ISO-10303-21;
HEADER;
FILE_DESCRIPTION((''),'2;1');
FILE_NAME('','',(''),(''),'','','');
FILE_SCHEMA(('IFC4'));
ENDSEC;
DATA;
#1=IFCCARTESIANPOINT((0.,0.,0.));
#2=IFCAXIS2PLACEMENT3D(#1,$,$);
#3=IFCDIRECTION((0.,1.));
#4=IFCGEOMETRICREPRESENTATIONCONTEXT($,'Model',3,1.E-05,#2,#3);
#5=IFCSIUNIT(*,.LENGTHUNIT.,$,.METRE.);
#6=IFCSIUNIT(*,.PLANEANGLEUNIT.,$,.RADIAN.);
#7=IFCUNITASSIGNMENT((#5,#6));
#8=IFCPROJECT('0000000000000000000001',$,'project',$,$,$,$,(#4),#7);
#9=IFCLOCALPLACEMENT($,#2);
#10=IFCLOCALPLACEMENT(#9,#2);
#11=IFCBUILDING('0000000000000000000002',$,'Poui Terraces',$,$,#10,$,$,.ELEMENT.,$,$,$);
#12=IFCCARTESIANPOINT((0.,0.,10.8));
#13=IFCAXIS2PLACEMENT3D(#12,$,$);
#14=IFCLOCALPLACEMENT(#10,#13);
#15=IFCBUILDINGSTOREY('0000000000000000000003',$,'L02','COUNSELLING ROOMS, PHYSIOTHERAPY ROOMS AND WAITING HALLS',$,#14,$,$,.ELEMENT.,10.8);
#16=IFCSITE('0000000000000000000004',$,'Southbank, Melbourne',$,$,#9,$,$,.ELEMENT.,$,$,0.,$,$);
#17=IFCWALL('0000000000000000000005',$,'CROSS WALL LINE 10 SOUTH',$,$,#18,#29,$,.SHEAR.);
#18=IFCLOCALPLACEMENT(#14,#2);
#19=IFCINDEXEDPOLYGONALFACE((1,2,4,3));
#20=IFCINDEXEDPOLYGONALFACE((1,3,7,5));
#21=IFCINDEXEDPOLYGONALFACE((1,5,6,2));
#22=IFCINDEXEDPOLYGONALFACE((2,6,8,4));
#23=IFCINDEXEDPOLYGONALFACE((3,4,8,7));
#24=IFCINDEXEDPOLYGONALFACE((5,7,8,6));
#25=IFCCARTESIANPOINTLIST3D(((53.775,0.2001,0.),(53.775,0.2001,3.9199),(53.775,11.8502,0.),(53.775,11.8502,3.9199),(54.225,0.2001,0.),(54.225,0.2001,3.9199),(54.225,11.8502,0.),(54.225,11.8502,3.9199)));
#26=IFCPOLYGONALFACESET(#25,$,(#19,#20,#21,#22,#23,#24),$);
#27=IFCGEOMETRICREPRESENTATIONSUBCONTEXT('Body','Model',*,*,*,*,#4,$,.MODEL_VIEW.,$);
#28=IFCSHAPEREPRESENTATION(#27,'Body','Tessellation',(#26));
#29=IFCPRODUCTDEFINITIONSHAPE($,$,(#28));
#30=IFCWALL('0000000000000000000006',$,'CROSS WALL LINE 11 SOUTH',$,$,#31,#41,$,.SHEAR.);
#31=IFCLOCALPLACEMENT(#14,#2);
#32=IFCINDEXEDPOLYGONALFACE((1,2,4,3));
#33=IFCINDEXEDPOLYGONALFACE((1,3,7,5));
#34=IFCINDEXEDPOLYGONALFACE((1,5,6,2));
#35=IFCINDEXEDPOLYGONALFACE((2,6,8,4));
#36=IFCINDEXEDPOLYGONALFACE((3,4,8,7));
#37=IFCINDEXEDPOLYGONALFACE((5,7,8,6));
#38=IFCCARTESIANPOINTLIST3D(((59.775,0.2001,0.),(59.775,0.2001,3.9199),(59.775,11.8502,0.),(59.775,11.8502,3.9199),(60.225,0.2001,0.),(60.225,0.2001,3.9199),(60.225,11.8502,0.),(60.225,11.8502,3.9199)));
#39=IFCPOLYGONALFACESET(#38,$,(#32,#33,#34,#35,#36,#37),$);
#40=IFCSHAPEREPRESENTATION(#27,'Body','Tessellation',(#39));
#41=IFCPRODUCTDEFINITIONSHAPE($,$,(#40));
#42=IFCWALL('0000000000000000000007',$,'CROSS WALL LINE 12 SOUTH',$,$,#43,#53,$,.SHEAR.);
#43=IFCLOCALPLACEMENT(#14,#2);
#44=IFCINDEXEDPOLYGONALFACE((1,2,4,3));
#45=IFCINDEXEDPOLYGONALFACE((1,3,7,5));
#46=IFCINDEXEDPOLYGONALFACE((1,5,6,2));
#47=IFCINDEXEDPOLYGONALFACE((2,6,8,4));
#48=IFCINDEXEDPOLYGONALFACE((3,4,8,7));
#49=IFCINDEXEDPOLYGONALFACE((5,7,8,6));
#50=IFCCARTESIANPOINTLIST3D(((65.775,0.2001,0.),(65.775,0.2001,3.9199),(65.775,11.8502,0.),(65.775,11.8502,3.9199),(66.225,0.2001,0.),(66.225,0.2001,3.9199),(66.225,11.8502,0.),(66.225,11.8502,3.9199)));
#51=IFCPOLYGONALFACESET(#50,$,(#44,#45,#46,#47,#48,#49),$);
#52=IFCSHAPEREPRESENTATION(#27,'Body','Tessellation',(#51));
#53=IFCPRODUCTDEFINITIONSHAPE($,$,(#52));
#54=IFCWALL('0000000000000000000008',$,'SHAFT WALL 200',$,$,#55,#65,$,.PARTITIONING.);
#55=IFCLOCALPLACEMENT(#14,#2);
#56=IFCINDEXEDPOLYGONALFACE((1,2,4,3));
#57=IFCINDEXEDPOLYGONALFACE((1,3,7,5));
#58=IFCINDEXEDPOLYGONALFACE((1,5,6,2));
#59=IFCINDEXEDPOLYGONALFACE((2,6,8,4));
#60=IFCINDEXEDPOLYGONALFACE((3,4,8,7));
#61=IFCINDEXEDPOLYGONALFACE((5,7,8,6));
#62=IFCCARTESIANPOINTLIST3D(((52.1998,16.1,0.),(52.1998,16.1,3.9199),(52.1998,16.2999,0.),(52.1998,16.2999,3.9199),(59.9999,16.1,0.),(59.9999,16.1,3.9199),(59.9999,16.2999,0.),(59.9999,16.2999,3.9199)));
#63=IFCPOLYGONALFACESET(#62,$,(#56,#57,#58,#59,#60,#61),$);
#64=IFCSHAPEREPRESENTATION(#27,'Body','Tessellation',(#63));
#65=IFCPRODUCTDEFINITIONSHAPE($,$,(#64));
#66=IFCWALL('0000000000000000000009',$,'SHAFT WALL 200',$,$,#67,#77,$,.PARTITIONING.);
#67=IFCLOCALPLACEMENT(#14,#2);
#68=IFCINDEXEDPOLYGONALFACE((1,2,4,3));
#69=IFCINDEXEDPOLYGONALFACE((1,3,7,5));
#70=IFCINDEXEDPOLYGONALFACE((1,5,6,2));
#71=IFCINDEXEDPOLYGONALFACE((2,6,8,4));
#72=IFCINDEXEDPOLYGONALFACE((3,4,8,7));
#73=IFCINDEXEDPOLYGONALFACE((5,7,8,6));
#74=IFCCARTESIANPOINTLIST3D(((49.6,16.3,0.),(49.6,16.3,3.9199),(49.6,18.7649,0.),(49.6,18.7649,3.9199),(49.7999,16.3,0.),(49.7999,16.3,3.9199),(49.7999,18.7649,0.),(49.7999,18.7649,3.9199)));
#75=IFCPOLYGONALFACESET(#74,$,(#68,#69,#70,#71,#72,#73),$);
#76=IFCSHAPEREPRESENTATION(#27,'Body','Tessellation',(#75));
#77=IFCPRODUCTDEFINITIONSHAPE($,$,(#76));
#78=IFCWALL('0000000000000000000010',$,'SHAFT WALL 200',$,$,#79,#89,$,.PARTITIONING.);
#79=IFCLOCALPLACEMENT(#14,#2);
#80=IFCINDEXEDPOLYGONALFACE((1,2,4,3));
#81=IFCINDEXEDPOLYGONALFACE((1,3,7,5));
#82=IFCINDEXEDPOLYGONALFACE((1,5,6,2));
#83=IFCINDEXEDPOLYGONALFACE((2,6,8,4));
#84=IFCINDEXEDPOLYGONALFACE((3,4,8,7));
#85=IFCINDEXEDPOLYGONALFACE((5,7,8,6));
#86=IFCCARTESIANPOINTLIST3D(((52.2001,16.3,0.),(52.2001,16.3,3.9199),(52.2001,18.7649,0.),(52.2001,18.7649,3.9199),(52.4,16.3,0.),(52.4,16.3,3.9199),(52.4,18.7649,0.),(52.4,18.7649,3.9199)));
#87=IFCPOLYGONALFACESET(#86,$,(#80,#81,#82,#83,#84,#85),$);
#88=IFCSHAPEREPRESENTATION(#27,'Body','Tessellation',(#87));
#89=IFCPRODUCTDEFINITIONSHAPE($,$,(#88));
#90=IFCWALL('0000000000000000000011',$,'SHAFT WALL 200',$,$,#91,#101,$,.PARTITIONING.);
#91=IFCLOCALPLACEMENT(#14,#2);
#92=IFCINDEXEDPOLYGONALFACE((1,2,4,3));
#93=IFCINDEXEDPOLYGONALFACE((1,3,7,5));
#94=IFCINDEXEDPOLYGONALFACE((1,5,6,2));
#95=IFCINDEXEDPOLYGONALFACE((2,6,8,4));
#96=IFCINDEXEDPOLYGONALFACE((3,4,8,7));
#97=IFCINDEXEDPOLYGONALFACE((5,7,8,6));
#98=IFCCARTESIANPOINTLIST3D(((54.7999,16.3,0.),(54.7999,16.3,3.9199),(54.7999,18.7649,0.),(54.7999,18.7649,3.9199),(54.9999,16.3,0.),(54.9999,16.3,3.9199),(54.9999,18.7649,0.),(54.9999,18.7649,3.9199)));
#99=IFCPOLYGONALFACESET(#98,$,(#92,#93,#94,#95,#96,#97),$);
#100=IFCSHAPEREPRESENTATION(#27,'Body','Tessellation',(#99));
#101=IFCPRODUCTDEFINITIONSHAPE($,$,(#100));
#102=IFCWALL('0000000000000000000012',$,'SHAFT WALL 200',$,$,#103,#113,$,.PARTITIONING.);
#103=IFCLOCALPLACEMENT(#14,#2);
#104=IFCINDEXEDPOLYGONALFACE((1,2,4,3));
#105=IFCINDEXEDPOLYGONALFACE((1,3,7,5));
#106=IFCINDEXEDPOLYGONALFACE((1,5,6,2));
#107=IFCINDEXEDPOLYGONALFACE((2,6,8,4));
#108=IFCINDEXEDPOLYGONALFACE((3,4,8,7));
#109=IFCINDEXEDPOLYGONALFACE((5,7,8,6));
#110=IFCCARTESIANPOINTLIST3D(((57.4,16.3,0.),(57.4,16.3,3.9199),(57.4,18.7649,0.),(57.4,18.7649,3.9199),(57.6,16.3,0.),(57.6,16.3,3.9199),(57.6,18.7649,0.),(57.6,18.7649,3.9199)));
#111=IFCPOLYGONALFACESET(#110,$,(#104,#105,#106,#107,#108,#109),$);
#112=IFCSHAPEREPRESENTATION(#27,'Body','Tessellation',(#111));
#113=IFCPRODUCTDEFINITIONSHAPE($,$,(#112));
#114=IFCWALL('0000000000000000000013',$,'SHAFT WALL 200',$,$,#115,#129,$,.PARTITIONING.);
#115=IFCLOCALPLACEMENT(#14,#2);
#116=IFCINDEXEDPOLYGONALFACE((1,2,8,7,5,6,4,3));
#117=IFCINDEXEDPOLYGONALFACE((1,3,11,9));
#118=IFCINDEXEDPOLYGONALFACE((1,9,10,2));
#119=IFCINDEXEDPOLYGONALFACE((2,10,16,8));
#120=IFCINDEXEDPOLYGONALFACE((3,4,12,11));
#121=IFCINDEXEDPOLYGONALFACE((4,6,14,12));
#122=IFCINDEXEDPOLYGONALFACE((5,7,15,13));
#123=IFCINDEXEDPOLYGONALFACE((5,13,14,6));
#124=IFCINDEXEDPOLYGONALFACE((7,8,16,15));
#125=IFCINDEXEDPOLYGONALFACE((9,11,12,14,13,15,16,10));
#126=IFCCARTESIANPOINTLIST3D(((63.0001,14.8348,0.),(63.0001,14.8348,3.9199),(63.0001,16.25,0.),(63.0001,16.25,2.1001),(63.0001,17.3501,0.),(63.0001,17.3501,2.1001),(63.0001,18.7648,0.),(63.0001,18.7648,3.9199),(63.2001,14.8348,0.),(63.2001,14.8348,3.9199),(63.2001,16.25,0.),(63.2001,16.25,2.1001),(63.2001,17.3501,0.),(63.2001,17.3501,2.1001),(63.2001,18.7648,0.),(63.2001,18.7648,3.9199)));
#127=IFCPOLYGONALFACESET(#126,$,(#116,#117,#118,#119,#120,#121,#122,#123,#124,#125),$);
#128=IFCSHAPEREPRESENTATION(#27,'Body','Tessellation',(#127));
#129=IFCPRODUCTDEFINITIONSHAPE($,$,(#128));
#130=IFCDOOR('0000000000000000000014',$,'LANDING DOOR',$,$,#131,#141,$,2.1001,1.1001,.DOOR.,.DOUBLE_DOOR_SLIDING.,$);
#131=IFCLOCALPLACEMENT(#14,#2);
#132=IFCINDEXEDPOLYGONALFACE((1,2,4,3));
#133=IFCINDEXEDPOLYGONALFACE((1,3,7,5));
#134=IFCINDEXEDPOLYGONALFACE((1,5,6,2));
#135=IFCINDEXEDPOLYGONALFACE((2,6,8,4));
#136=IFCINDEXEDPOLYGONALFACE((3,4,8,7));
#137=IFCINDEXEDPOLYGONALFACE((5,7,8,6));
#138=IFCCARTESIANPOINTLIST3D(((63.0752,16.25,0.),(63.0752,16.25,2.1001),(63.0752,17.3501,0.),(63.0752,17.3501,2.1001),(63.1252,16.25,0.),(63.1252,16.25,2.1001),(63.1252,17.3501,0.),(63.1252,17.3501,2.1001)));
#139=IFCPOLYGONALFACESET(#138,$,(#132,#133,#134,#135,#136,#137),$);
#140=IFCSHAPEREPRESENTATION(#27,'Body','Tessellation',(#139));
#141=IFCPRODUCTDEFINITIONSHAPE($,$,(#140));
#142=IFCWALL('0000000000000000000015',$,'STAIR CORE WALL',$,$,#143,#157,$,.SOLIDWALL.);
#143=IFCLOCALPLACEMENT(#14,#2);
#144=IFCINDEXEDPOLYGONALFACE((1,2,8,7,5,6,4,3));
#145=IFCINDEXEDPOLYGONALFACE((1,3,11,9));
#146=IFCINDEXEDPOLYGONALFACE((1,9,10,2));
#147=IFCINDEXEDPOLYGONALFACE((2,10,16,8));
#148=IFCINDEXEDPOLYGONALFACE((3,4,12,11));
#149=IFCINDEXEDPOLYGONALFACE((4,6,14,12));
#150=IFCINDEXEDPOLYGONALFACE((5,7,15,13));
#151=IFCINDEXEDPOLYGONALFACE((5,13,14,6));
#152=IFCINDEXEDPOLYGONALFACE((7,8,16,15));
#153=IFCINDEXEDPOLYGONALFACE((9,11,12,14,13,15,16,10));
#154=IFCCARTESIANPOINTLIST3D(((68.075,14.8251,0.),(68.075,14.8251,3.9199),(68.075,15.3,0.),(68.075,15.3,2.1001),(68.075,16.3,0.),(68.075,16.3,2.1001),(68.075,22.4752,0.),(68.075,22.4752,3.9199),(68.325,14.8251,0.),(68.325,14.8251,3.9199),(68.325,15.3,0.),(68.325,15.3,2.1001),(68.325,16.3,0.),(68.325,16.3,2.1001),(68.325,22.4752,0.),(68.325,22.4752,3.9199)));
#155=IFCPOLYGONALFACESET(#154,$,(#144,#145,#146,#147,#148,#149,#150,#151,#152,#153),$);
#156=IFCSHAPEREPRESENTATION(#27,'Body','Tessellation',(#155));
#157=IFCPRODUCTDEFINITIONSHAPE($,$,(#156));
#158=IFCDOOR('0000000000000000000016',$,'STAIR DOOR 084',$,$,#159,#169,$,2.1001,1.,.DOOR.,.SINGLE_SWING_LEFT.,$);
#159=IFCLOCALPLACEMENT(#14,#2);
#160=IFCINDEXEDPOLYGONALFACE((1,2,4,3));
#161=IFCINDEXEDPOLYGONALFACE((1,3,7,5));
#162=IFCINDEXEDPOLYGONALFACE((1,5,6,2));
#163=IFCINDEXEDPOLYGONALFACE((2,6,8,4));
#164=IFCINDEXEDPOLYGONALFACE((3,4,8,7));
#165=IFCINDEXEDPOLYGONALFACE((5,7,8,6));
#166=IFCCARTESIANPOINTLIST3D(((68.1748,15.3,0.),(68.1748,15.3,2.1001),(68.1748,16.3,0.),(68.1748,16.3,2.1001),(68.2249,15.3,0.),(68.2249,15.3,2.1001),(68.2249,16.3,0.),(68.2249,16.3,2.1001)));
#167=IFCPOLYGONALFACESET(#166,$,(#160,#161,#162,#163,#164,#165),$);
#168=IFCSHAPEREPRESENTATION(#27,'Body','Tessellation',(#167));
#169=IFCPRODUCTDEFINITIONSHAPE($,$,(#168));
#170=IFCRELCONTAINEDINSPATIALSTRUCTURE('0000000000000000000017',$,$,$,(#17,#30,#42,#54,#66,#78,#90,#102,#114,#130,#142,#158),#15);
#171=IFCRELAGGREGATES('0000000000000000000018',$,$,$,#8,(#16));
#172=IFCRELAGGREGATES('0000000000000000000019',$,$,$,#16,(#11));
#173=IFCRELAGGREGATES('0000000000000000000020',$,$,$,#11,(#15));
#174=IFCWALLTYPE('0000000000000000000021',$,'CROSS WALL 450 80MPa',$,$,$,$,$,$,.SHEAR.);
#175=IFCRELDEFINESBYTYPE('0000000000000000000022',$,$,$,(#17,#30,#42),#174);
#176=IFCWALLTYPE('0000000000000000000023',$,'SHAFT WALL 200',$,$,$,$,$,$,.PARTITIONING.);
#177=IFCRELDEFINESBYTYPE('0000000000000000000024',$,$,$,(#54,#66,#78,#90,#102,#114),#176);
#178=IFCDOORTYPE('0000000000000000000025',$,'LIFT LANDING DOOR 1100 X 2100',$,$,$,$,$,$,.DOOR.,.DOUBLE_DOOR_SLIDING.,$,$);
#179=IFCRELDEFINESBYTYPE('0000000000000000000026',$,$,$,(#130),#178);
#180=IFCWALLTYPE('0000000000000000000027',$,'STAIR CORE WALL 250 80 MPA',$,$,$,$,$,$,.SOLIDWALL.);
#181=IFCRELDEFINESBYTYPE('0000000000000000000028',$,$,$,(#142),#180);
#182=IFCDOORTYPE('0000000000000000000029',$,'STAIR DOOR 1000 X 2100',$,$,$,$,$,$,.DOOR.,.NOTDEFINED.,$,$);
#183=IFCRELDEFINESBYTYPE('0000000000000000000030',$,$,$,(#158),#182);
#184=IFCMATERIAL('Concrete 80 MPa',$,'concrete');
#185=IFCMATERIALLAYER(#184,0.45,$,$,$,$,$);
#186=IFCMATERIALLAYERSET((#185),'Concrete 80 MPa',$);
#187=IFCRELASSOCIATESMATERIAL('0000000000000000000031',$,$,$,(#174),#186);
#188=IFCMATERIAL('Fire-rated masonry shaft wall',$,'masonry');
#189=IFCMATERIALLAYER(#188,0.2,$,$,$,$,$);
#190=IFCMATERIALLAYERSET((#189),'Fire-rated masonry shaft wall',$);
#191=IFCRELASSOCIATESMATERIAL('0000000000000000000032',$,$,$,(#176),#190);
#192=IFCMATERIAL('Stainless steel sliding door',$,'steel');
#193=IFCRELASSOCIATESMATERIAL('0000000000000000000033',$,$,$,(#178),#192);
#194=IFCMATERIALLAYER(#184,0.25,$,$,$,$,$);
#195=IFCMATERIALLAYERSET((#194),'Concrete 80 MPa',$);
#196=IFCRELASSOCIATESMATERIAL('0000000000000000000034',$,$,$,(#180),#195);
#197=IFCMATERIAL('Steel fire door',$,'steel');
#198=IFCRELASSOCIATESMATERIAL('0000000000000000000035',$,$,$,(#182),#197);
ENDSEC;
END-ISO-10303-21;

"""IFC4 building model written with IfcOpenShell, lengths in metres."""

from ifc_helpers import new_model, si_unit, direction, frame, frame_2d, origin, place, context, subcontext, project, spatial, rectangle, extrude, material, layer, layer_set, type_object, element, fill, save


model = new_model("IFC4")

# Units and contexts
model_context = context("Model", 3, precision=1e-05, world=origin(), true_north=direction((0.0, 1.0)))
body_context = subcontext(model_context, "Body", "Model", "MODEL_VIEW")
ifc_project = project(units=[si_unit("LENGTHUNIT", "METRE"), si_unit("PLANEANGLEUNIT", "RADIAN")], contexts=[model_context])

# Site, building, storey
site_placement = place(None, origin())
site = spatial("IfcSite", under=ifc_project, at=site_placement, Name="Southbank, Melbourne", CompositionType="ELEMENT", RefElevation=0.0)
building_placement = place(site_placement, origin())
building = spatial("IfcBuilding", under=site, at=building_placement, Name="Poui Terraces", CompositionType="ELEMENT")
storey_placement = place(building_placement, frame((0.0, 0.0, 10.8)))
storey = spatial("IfcBuildingStorey", under=building, at=storey_placement, Name="L02", Description="COUNSELLING ROOMS, PHYSIOTHERAPY ROOMS AND WAITING HALLS", CompositionType="ELEMENT", Elevation=10.8)

# Shared definitions
ifc_material_1 = material(Name="Concrete 80 MPa", Category="concrete")

# Shared definitions
ifc_material_2 = material(Name="Steel fire door", Category="steel")

# Walls
ifc_layer_1 = layer(ifc_material_1, 0.45)
ifc_layer_set_1 = layer_set([ifc_layer_1], Name="Concrete 80 MPa")
wall_type_1 = type_object("IfcWallType", Name="CROSS WALL 450 80MPa", PredefinedType="SHEAR", material=ifc_layer_set_1)
for number, where, z_axis, x_axis, name in (
    (1, (54.0, 0.2, 0.0), (0.0, 0.0, 1.0), (0.0, 1.0, 0.0), "CROSS WALL LINE 10 SOUTH"),
    (2, (60.0, 0.2, 0.0), (0.0, 0.0, 1.0), (0.0, 1.0, 0.0), "CROSS WALL LINE 11 SOUTH"),
    (3, (66.0, 0.2, 0.0), (0.0, 0.0, 1.0), (0.0, 1.0, 0.0), "CROSS WALL LINE 12 SOUTH"),
):
    element("IfcWall", number, at=place(storey_placement, frame(where, z_axis=z_axis, x_axis=x_axis)), inside=storey, type_object=wall_type_1, Name=name, PredefinedType="SHEAR", context=body_context, shape_type="SweptSolid", body=[
        extrude(rectangle(XDim=11.6501, YDim=0.45, at=frame_2d((5.8252, 0.0))), origin(), (0.0, 0.0, 1.0), 3.9199),
    ])
ifc_material_3 = material(Name="Fire-rated masonry shaft wall", Category="masonry")
ifc_layer_2 = layer(ifc_material_3, 0.2)
ifc_layer_set_2 = layer_set([ifc_layer_2], Name="Fire-rated masonry shaft wall")
wall_type_2 = type_object("IfcWallType", Name="SHAFT WALL 200", PredefinedType="PARTITIONING", material=ifc_layer_set_2)
wall_1_placement = place(storey_placement, frame((52.2, 16.2, 0.0), z_axis=(0.0, 0.0, 1.0), x_axis=(1.0, 0.0, 0.0)))
element("IfcWall", 4, at=wall_1_placement, inside=storey, type_object=wall_type_2, Name="SHAFT WALL 200", PredefinedType="PARTITIONING", context=body_context, shape_type="SweptSolid", body=[
    extrude(rectangle(XDim=7.8, YDim=0.2, at=frame_2d((3.8999, 0.0))), origin(), (0.0, 0.0, 1.0), 3.9199),
])
for number, where, z_axis, x_axis, name in (
    (5, (49.7, 16.3, 0.0), (0.0, 0.0, 1.0), (0.0, 1.0, 0.0), "SHAFT WALL 200"),
    (6, (52.3, 16.3, 0.0), (0.0, 0.0, 1.0), (0.0, 1.0, 0.0), "SHAFT WALL 200"),
    (7, (54.8999, 16.3, 0.0), (0.0, 0.0, 1.0), (0.0, 1.0, 0.0), "SHAFT WALL 200"),
    (8, (57.5, 16.3, 0.0), (0.0, 0.0, 1.0), (0.0, 1.0, 0.0), "SHAFT WALL 200"),
):
    element("IfcWall", number, at=place(storey_placement, frame(where, z_axis=z_axis, x_axis=x_axis)), inside=storey, type_object=wall_type_2, Name=name, PredefinedType="PARTITIONING", context=body_context, shape_type="SweptSolid", body=[
        extrude(rectangle(XDim=2.4648, YDim=0.2, at=frame_2d((1.2324, 0.0))), origin(), (0.0, 0.0, 1.0), 3.9199),
    ])

# Walls, openings, doors
wall_2_placement = place(storey_placement, frame((63.1001, 14.835, 0.0), z_axis=(0.0, 0.0, 1.0), x_axis=(0.0, 1.0, 0.0)))
wall_2 = element("IfcWall", 9, at=wall_2_placement, inside=storey, type_object=wall_type_2, Name="SHAFT WALL 200", PredefinedType="PARTITIONING", context=body_context, shape_type="SweptSolid", body=[
    extrude(rectangle(XDim=3.9299, YDim=0.2, at=frame_2d((1.9648, 0.0))), origin(), (0.0, 0.0, 1.0), 3.9199),
])
opening_1_placement = place(wall_2_placement, frame((1.415, 0.0, 0.0)))
opening_1 = element("IfcOpeningElement", 10, at=opening_1_placement, cuts=wall_2, PredefinedType="OPENING", context=body_context, shape_type="SweptSolid", body=[
    extrude(rectangle(XDim=1.1001, YDim=2.1001, at=frame_2d((0.55, 1.05))), frame((0.0, 0.1099, 0.0), z_axis=(0.0, -1.0, 0.0), x_axis=(1.0, 0.0, 0.0)), (0.0, 0.0, 1.0), 0.22),
])
ifc_material_4 = material(Name="Stainless steel sliding door", Category="steel")
door_type_1 = type_object("IfcDoorType", Name="LIFT LANDING DOOR 1100 X 2100", OperationType="DOUBLE_DOOR_SLIDING", PredefinedType="DOOR", material=ifc_material_4)
door_1_placement = place(opening_1_placement, origin())
door_1 = element("IfcDoor", 11, at=door_1_placement, inside=storey, type_object=door_type_1, Name="LANDING DOOR", OperationType="DOUBLE_DOOR_SLIDING", OverallHeight=2.1001, OverallWidth=1.1001, PredefinedType="DOOR", context=body_context, shape_type="SweptSolid", body=[
    extrude(rectangle(XDim=1.1001, YDim=2.1001, at=frame_2d((0.55, 1.05))), frame((0.0, 0.0249, 0.0), z_axis=(0.0, -1.0, 0.0), x_axis=(1.0, 0.0, 0.0)), (0.0, 0.0, 1.0), 0.05),
])
fill(opening_1, door_1)
ifc_layer_3 = layer(ifc_material_1, 0.25)
ifc_layer_set_3 = layer_set([ifc_layer_3], Name="Concrete 80 MPa")
wall_type_3 = type_object("IfcWallType", Name="STAIR CORE WALL 250 80 MPA", PredefinedType="SOLIDWALL", material=ifc_layer_set_3)
wall_3_placement = place(storey_placement, frame((68.2, 14.825, 0.0), z_axis=(0.0, 0.0, 1.0), x_axis=(0.0, 1.0, 0.0)))
wall_3 = element("IfcWall", 12, at=wall_3_placement, inside=storey, type_object=wall_type_3, Name="STAIR CORE WALL", PredefinedType="SOLIDWALL", context=body_context, shape_type="SweptSolid", body=[
    extrude(rectangle(XDim=7.6501, YDim=0.25, at=frame_2d((3.8252, 0.0))), origin(), (0.0, 0.0, 1.0), 3.9199),
])
opening_2_placement = place(wall_3_placement, frame((0.4751, 0.0, 0.0)))
opening_2 = element("IfcOpeningElement", 13, at=opening_2_placement, cuts=wall_3, PredefinedType="OPENING", context=body_context, shape_type="SweptSolid", body=[
    extrude(rectangle(XDim=1.0, YDim=2.1001, at=frame_2d((0.5, 1.05))), frame((0.0, 0.135, 0.0), z_axis=(0.0, -1.0, 0.0), x_axis=(1.0, 0.0, 0.0)), (0.0, 0.0, 1.0), 0.27),
])
door_type_2 = type_object("IfcDoorType", Name="STAIR DOOR 1000 X 2100", OperationType="NOTDEFINED", PredefinedType="DOOR", material=ifc_material_2)
door_2_placement = place(opening_2_placement, frame((1.0, 0.0, 0.0), z_axis=(0.0, 0.0, 1.0), x_axis=(-1.0, 0.0, 0.0)))
door_2 = element("IfcDoor", 14, at=door_2_placement, inside=storey, type_object=door_type_2, Name="STAIR DOOR 084", OperationType="SINGLE_SWING_LEFT", OverallHeight=2.1001, OverallWidth=1.0, PredefinedType="DOOR", context=body_context, shape_type="SweptSolid", body=[
    extrude(rectangle(XDim=1.0, YDim=2.1001, at=frame_2d((0.5, 1.05))), frame((0.0, 0.0249, 0.0), z_axis=(0.0, -1.0, 0.0), x_axis=(1.0, 0.0, 0.0)), (0.0, 0.0, 1.0), 0.05),
])
fill(opening_2, door_2)

save(model, "model.ifc")
